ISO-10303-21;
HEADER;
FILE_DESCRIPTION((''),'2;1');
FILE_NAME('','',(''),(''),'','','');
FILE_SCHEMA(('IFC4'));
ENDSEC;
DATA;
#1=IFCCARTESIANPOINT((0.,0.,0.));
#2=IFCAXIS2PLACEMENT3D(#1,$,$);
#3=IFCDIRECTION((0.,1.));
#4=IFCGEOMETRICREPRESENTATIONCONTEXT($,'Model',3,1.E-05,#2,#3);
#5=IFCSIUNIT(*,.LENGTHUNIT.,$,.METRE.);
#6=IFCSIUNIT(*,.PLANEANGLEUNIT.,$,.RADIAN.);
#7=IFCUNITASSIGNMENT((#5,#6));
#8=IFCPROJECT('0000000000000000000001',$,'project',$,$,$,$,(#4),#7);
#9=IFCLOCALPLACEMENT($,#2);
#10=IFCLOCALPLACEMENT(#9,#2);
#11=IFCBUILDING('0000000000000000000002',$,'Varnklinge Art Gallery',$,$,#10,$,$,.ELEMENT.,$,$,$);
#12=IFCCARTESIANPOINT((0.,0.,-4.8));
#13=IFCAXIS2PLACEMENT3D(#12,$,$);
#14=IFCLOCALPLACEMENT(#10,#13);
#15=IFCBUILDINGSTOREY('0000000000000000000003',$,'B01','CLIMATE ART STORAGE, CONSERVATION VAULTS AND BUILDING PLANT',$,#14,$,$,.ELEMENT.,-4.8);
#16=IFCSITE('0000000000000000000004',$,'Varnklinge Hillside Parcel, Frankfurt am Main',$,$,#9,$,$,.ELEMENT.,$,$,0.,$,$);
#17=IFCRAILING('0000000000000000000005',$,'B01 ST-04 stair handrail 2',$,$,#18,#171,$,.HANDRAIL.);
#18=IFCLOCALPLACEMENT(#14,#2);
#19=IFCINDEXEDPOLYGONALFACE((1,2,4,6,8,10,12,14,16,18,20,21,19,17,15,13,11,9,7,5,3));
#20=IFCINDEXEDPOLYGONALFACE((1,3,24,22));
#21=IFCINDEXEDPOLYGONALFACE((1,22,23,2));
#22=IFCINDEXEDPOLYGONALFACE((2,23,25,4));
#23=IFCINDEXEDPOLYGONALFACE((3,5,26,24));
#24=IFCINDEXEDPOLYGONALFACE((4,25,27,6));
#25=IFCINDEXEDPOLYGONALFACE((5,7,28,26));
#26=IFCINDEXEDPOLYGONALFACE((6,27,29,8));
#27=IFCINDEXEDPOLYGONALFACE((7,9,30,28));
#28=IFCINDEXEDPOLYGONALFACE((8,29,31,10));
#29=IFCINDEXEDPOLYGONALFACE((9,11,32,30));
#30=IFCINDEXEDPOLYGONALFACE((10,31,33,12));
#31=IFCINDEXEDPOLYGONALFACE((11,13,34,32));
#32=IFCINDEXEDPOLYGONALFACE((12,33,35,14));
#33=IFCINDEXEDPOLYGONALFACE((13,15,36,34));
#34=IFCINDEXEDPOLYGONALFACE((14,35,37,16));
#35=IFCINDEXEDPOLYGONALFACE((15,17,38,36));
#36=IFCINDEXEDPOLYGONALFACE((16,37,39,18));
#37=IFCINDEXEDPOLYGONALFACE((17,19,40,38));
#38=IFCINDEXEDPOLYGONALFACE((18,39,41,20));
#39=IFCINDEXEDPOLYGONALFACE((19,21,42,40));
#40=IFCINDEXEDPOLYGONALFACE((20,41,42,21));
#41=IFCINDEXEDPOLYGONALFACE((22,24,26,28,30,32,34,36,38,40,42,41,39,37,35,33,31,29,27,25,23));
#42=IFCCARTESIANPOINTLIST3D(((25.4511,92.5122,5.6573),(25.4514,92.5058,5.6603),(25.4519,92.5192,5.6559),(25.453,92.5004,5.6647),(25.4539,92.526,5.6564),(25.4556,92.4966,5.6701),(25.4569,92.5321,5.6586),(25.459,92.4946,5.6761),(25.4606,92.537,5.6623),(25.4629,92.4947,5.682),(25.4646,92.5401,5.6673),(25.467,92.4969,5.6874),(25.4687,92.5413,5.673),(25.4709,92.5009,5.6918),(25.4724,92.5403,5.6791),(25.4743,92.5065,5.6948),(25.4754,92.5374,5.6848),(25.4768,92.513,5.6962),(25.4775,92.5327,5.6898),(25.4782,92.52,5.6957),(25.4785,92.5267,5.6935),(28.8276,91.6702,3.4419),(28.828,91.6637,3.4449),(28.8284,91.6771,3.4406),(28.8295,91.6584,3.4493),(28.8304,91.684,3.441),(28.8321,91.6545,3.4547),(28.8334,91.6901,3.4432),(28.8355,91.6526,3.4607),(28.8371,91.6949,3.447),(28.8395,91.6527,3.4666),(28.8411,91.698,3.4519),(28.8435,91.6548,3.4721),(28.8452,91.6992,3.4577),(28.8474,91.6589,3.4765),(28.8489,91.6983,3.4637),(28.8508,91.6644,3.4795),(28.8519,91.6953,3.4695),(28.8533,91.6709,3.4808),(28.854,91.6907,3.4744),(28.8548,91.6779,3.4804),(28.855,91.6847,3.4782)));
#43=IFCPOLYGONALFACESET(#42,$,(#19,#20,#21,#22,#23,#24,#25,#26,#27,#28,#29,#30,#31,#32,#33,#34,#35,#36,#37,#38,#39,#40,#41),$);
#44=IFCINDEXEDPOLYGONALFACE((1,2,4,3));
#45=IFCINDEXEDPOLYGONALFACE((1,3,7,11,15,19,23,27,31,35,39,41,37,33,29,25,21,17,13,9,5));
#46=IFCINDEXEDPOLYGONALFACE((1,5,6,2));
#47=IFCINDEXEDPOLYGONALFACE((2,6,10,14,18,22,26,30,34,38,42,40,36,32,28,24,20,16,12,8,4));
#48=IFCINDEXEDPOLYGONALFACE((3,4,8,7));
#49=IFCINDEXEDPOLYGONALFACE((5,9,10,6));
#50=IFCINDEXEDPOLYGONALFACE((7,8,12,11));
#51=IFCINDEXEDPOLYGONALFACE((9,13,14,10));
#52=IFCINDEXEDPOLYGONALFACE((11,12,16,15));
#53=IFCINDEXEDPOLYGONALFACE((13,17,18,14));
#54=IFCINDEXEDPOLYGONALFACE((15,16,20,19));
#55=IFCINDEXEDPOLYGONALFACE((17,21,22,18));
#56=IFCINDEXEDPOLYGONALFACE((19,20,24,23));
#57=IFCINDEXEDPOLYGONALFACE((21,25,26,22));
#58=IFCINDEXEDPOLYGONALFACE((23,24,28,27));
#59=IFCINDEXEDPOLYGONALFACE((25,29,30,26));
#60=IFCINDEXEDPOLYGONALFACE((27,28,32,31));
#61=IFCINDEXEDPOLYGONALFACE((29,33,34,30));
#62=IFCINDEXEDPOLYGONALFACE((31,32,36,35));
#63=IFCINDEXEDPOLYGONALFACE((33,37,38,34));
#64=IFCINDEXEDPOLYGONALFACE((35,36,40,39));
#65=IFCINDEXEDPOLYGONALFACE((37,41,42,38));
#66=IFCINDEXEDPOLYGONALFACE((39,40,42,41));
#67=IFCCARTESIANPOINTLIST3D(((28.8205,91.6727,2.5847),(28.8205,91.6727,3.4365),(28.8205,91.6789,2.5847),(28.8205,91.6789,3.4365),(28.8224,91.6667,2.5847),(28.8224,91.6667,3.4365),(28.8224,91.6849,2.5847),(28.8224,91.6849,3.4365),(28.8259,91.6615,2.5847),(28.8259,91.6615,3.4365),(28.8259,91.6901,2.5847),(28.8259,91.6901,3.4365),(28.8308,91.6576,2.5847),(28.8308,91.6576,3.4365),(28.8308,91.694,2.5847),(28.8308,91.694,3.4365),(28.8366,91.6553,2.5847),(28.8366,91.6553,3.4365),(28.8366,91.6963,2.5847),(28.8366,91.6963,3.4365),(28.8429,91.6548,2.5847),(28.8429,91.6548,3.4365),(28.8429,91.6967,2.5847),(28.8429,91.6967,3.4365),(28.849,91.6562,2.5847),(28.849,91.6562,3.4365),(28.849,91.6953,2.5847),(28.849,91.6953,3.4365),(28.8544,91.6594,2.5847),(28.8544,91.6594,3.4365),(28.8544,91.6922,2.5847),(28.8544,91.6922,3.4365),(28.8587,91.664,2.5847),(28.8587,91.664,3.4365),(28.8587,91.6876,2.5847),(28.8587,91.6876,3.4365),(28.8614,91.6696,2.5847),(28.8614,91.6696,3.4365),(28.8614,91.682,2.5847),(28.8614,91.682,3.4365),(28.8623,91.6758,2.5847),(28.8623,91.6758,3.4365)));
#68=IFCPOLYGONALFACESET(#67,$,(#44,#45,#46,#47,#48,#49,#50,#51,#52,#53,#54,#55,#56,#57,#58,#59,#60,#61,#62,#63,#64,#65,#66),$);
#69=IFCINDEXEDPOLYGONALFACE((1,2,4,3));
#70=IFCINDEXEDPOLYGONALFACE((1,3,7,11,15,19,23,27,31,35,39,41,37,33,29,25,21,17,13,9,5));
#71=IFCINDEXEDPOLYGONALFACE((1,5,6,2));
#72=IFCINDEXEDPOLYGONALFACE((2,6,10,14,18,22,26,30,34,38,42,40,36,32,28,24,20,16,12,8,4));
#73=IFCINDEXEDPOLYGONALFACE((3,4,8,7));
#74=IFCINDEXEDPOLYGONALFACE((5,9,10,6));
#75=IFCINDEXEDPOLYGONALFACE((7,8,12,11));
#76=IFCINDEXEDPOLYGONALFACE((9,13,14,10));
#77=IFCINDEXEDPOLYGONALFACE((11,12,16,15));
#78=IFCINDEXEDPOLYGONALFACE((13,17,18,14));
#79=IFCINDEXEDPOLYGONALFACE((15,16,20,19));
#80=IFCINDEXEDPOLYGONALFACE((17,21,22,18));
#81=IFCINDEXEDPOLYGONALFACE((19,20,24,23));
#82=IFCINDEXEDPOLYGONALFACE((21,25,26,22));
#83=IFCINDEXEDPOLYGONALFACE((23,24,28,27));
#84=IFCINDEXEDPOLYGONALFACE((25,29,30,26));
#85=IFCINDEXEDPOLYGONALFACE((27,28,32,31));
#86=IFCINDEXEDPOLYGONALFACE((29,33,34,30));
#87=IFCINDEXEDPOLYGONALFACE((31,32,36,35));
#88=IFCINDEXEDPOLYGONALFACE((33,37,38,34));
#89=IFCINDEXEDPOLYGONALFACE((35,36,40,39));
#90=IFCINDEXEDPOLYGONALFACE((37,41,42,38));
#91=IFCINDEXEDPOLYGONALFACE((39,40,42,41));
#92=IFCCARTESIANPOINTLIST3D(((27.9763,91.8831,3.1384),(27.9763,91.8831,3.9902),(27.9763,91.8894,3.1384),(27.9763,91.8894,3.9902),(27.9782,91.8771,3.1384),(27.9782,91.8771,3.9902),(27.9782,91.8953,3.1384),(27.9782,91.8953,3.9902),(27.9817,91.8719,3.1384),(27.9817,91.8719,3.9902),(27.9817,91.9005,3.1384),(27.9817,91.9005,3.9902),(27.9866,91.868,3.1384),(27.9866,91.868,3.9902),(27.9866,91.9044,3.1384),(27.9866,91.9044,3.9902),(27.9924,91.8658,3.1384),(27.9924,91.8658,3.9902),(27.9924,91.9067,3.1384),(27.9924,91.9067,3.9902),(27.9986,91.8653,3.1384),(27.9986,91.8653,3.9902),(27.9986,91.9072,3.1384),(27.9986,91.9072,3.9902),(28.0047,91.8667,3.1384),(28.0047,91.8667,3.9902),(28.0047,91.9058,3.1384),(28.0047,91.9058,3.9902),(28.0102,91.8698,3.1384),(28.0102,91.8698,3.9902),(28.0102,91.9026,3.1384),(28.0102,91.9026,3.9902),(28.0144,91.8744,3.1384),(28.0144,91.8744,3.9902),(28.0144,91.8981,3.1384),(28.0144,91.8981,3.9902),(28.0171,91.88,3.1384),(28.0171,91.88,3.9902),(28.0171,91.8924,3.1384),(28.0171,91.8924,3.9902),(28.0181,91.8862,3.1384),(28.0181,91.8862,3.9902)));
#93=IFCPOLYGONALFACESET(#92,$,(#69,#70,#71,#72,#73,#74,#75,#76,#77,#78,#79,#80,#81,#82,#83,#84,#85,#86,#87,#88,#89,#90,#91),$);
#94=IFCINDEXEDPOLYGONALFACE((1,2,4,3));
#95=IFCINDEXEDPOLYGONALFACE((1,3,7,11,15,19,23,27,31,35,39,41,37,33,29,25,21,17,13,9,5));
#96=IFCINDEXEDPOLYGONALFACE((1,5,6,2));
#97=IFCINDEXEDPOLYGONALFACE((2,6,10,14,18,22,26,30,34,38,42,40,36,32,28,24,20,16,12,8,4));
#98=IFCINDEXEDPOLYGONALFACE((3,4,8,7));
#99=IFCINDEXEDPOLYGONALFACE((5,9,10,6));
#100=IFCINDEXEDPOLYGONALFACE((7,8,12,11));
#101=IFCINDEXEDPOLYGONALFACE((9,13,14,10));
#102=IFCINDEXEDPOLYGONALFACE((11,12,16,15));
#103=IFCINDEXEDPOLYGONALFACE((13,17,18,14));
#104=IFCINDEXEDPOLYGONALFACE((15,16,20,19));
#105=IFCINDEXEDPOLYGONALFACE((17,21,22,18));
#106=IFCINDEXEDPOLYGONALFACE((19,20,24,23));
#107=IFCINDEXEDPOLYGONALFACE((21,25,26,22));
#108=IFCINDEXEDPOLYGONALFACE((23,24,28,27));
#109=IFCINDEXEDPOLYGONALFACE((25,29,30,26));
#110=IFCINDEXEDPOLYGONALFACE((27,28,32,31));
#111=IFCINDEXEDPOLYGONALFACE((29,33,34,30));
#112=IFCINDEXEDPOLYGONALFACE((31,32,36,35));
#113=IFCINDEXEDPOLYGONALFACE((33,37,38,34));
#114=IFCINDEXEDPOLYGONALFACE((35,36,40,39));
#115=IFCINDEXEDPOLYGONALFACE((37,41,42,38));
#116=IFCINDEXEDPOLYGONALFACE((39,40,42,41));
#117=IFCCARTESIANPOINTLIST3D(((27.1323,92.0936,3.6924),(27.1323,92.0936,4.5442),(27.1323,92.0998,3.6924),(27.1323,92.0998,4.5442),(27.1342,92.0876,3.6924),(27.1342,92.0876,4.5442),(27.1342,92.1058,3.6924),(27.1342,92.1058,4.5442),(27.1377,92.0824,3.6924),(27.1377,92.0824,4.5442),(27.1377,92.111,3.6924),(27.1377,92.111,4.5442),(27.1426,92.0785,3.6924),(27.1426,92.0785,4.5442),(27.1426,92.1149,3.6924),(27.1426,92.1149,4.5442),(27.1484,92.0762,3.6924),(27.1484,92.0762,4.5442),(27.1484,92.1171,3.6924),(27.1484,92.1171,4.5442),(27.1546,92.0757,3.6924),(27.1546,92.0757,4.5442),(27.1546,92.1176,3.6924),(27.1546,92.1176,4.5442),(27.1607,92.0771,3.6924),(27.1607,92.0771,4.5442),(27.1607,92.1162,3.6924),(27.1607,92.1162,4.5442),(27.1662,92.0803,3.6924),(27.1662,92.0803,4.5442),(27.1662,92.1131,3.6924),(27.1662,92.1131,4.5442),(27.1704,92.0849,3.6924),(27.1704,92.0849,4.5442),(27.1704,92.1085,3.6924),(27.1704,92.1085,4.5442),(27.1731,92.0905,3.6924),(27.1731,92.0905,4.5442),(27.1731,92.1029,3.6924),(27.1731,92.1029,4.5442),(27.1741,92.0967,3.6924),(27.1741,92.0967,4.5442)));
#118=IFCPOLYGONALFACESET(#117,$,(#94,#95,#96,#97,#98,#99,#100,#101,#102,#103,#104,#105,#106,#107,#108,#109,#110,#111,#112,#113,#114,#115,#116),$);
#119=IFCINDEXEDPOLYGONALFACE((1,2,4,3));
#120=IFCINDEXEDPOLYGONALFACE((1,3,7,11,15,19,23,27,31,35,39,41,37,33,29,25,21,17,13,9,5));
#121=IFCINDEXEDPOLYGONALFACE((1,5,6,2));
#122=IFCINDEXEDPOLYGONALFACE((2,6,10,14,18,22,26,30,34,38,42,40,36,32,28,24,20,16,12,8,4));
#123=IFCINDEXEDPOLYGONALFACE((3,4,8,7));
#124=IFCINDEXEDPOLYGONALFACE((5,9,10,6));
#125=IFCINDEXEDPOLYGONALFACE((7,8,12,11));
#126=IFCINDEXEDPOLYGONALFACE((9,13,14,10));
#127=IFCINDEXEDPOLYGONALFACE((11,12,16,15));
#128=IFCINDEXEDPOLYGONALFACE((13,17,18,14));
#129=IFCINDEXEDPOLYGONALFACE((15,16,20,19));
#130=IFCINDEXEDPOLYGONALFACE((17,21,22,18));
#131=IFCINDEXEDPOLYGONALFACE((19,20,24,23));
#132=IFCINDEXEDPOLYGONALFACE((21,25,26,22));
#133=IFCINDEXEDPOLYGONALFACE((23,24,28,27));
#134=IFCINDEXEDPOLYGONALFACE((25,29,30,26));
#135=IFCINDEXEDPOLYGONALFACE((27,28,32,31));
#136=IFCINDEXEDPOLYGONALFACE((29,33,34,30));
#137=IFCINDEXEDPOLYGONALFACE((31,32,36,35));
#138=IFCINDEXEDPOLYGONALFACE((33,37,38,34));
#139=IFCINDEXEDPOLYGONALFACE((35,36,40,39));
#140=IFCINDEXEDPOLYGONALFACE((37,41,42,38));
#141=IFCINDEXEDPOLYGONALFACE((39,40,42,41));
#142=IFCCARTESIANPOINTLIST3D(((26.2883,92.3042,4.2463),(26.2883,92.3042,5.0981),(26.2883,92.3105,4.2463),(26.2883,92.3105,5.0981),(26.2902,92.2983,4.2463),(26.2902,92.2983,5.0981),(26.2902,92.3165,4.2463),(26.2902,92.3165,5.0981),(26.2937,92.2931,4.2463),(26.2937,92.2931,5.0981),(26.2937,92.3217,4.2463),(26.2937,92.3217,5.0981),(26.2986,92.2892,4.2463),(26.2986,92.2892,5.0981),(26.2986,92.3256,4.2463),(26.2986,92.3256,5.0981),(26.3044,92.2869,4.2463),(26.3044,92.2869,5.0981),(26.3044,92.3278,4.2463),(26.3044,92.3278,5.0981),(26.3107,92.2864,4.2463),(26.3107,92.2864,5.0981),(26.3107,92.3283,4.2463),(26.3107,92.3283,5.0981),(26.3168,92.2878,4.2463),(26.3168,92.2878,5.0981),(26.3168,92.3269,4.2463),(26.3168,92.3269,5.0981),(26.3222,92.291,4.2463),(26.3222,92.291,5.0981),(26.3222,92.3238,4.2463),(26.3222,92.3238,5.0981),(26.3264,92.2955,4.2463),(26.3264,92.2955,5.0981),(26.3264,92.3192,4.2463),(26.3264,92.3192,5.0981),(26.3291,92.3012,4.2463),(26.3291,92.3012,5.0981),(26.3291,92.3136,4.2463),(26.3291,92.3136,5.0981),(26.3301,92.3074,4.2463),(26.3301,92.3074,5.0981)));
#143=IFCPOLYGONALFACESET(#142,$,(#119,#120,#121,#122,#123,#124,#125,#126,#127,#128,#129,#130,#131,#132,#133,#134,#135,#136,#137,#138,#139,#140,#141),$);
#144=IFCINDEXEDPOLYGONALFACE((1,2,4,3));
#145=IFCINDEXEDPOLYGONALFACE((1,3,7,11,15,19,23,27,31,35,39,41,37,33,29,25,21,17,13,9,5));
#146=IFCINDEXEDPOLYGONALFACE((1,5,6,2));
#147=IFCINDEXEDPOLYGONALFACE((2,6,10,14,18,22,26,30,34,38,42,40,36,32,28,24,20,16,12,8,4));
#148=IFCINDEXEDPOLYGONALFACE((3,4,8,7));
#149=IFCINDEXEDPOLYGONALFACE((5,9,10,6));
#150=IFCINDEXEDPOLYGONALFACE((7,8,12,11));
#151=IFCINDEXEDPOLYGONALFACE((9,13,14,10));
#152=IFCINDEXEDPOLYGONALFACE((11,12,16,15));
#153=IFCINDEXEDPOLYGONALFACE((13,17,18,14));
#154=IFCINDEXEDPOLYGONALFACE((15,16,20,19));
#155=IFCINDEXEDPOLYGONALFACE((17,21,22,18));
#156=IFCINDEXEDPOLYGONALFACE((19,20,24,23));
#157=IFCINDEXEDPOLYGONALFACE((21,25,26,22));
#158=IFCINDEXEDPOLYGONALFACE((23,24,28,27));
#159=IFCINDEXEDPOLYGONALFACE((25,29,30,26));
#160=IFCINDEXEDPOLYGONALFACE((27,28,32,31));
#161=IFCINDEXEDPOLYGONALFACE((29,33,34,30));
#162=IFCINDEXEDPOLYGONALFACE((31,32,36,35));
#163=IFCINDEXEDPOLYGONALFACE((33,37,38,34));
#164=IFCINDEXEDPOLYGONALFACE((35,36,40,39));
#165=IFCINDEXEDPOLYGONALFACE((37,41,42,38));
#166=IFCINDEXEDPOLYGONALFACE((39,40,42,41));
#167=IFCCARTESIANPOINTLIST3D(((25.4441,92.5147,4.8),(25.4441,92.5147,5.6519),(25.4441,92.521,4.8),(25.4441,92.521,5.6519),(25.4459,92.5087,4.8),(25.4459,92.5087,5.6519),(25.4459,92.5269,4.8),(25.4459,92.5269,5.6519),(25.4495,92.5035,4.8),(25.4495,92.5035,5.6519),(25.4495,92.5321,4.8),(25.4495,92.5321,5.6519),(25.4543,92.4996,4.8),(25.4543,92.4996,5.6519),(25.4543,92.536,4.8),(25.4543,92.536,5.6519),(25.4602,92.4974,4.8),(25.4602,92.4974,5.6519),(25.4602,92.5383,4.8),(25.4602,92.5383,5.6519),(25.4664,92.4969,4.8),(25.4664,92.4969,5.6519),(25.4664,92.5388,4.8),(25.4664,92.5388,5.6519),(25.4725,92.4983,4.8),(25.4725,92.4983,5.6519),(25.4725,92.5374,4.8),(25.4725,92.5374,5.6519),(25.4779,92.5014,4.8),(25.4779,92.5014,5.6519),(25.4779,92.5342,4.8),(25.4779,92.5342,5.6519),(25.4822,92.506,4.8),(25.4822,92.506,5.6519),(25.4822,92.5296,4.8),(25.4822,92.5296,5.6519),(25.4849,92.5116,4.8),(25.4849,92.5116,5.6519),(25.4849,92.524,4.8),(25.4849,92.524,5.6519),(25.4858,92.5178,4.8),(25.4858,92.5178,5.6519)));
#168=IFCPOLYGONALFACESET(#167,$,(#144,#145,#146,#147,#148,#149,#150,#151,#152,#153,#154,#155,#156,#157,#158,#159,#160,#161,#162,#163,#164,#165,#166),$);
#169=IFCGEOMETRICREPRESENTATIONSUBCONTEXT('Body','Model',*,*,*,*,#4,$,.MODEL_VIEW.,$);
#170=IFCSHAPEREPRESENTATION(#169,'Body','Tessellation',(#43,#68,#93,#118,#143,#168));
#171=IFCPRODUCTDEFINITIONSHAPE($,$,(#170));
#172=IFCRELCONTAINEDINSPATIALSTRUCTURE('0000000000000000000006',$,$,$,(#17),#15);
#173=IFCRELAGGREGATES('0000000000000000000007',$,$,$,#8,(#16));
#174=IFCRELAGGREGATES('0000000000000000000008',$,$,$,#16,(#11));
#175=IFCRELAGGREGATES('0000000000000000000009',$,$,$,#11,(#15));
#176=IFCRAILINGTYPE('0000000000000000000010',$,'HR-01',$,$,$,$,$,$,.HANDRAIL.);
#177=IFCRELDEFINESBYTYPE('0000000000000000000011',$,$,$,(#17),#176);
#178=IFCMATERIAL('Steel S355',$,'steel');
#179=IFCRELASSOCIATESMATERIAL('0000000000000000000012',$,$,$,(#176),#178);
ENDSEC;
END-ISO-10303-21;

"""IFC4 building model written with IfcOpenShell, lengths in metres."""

from ifc_helpers import new_model, si_unit, direction, frame, origin, origin_2d, place, context, subcontext, project, spatial, circle, extrude, material, type_object, element, save


model = new_model("IFC4")

# Units and contexts
model_context = context("Model", 3, precision=1e-05, world=origin(), true_north=direction((0.0, 1.0)))
body_context = subcontext(model_context, "Body", "Model", "MODEL_VIEW")
ifc_project = project(units=[si_unit("LENGTHUNIT", "METRE"), si_unit("PLANEANGLEUNIT", "RADIAN")], contexts=[model_context])

# Site, building, storey
site_placement = place(None, origin())
site = spatial("IfcSite", under=ifc_project, at=site_placement, Name="Varnklinge Hillside Parcel, Frankfurt am Main", CompositionType="ELEMENT", RefElevation=0.0)
building_placement = place(site_placement, origin())
building = spatial("IfcBuilding", under=site, at=building_placement, Name="Varnklinge Art Gallery", CompositionType="ELEMENT")
storey_placement = place(building_placement, frame((0.0, 0.0, -4.8)))
storey = spatial("IfcBuildingStorey", under=building, at=storey_placement, Name="B01", Description="CLIMATE ART STORAGE, CONSERVATION VAULTS AND BUILDING PLANT", CompositionType="ELEMENT", Elevation=-4.8)

# Railing
ifc_material_1 = material(Name="Steel S355", Category="steel")
railing_type_1 = type_object("IfcRailingType", Name="HR-01", PredefinedType="HANDRAIL", material=ifc_material_1)
railing_1_placement = place(storey_placement, frame((28.8413, 91.6758, 2.5847)))
element("IfcRailing", 1, at=railing_1_placement, inside=storey, type_object=railing_type_1, Name="B01 ST-04 stair handrail 2", PredefinedType="HANDRAIL", context=body_context, shape_type="SweptSolid", body=[
    extrude(circle(Radius=0.0239, at=origin_2d()), frame((0.0, 0.0, 0.876), z_axis=(-0.818498, 0.204121, 0.537025), x_axis=(-0.241974, -0.970283, 0.0)), (0.0, 0.0, 1.0), 4.1252),
    extrude(circle(Radius=0.021, at=origin_2d()), origin(), (0.0, 0.0, 1.0), 0.8518),
    extrude(circle(Radius=0.021, at=origin_2d()), frame((-0.8442, 0.2104, 0.5537)), (0.0, 0.0, 1.0), 0.8518),
    extrude(circle(Radius=0.021, at=origin_2d()), frame((-1.6882, 0.4209, 1.1077)), (0.0, 0.0, 1.0), 0.8518),
    extrude(circle(Radius=0.021, at=origin_2d()), frame((-2.5322, 0.6316, 1.6616)), (0.0, 0.0, 1.0), 0.8518),
    extrude(circle(Radius=0.021, at=origin_2d()), frame((-3.3765, 0.842, 2.2153)), (0.0, 0.0, 1.0), 0.8518),
])

save(model, "model.ifc")
